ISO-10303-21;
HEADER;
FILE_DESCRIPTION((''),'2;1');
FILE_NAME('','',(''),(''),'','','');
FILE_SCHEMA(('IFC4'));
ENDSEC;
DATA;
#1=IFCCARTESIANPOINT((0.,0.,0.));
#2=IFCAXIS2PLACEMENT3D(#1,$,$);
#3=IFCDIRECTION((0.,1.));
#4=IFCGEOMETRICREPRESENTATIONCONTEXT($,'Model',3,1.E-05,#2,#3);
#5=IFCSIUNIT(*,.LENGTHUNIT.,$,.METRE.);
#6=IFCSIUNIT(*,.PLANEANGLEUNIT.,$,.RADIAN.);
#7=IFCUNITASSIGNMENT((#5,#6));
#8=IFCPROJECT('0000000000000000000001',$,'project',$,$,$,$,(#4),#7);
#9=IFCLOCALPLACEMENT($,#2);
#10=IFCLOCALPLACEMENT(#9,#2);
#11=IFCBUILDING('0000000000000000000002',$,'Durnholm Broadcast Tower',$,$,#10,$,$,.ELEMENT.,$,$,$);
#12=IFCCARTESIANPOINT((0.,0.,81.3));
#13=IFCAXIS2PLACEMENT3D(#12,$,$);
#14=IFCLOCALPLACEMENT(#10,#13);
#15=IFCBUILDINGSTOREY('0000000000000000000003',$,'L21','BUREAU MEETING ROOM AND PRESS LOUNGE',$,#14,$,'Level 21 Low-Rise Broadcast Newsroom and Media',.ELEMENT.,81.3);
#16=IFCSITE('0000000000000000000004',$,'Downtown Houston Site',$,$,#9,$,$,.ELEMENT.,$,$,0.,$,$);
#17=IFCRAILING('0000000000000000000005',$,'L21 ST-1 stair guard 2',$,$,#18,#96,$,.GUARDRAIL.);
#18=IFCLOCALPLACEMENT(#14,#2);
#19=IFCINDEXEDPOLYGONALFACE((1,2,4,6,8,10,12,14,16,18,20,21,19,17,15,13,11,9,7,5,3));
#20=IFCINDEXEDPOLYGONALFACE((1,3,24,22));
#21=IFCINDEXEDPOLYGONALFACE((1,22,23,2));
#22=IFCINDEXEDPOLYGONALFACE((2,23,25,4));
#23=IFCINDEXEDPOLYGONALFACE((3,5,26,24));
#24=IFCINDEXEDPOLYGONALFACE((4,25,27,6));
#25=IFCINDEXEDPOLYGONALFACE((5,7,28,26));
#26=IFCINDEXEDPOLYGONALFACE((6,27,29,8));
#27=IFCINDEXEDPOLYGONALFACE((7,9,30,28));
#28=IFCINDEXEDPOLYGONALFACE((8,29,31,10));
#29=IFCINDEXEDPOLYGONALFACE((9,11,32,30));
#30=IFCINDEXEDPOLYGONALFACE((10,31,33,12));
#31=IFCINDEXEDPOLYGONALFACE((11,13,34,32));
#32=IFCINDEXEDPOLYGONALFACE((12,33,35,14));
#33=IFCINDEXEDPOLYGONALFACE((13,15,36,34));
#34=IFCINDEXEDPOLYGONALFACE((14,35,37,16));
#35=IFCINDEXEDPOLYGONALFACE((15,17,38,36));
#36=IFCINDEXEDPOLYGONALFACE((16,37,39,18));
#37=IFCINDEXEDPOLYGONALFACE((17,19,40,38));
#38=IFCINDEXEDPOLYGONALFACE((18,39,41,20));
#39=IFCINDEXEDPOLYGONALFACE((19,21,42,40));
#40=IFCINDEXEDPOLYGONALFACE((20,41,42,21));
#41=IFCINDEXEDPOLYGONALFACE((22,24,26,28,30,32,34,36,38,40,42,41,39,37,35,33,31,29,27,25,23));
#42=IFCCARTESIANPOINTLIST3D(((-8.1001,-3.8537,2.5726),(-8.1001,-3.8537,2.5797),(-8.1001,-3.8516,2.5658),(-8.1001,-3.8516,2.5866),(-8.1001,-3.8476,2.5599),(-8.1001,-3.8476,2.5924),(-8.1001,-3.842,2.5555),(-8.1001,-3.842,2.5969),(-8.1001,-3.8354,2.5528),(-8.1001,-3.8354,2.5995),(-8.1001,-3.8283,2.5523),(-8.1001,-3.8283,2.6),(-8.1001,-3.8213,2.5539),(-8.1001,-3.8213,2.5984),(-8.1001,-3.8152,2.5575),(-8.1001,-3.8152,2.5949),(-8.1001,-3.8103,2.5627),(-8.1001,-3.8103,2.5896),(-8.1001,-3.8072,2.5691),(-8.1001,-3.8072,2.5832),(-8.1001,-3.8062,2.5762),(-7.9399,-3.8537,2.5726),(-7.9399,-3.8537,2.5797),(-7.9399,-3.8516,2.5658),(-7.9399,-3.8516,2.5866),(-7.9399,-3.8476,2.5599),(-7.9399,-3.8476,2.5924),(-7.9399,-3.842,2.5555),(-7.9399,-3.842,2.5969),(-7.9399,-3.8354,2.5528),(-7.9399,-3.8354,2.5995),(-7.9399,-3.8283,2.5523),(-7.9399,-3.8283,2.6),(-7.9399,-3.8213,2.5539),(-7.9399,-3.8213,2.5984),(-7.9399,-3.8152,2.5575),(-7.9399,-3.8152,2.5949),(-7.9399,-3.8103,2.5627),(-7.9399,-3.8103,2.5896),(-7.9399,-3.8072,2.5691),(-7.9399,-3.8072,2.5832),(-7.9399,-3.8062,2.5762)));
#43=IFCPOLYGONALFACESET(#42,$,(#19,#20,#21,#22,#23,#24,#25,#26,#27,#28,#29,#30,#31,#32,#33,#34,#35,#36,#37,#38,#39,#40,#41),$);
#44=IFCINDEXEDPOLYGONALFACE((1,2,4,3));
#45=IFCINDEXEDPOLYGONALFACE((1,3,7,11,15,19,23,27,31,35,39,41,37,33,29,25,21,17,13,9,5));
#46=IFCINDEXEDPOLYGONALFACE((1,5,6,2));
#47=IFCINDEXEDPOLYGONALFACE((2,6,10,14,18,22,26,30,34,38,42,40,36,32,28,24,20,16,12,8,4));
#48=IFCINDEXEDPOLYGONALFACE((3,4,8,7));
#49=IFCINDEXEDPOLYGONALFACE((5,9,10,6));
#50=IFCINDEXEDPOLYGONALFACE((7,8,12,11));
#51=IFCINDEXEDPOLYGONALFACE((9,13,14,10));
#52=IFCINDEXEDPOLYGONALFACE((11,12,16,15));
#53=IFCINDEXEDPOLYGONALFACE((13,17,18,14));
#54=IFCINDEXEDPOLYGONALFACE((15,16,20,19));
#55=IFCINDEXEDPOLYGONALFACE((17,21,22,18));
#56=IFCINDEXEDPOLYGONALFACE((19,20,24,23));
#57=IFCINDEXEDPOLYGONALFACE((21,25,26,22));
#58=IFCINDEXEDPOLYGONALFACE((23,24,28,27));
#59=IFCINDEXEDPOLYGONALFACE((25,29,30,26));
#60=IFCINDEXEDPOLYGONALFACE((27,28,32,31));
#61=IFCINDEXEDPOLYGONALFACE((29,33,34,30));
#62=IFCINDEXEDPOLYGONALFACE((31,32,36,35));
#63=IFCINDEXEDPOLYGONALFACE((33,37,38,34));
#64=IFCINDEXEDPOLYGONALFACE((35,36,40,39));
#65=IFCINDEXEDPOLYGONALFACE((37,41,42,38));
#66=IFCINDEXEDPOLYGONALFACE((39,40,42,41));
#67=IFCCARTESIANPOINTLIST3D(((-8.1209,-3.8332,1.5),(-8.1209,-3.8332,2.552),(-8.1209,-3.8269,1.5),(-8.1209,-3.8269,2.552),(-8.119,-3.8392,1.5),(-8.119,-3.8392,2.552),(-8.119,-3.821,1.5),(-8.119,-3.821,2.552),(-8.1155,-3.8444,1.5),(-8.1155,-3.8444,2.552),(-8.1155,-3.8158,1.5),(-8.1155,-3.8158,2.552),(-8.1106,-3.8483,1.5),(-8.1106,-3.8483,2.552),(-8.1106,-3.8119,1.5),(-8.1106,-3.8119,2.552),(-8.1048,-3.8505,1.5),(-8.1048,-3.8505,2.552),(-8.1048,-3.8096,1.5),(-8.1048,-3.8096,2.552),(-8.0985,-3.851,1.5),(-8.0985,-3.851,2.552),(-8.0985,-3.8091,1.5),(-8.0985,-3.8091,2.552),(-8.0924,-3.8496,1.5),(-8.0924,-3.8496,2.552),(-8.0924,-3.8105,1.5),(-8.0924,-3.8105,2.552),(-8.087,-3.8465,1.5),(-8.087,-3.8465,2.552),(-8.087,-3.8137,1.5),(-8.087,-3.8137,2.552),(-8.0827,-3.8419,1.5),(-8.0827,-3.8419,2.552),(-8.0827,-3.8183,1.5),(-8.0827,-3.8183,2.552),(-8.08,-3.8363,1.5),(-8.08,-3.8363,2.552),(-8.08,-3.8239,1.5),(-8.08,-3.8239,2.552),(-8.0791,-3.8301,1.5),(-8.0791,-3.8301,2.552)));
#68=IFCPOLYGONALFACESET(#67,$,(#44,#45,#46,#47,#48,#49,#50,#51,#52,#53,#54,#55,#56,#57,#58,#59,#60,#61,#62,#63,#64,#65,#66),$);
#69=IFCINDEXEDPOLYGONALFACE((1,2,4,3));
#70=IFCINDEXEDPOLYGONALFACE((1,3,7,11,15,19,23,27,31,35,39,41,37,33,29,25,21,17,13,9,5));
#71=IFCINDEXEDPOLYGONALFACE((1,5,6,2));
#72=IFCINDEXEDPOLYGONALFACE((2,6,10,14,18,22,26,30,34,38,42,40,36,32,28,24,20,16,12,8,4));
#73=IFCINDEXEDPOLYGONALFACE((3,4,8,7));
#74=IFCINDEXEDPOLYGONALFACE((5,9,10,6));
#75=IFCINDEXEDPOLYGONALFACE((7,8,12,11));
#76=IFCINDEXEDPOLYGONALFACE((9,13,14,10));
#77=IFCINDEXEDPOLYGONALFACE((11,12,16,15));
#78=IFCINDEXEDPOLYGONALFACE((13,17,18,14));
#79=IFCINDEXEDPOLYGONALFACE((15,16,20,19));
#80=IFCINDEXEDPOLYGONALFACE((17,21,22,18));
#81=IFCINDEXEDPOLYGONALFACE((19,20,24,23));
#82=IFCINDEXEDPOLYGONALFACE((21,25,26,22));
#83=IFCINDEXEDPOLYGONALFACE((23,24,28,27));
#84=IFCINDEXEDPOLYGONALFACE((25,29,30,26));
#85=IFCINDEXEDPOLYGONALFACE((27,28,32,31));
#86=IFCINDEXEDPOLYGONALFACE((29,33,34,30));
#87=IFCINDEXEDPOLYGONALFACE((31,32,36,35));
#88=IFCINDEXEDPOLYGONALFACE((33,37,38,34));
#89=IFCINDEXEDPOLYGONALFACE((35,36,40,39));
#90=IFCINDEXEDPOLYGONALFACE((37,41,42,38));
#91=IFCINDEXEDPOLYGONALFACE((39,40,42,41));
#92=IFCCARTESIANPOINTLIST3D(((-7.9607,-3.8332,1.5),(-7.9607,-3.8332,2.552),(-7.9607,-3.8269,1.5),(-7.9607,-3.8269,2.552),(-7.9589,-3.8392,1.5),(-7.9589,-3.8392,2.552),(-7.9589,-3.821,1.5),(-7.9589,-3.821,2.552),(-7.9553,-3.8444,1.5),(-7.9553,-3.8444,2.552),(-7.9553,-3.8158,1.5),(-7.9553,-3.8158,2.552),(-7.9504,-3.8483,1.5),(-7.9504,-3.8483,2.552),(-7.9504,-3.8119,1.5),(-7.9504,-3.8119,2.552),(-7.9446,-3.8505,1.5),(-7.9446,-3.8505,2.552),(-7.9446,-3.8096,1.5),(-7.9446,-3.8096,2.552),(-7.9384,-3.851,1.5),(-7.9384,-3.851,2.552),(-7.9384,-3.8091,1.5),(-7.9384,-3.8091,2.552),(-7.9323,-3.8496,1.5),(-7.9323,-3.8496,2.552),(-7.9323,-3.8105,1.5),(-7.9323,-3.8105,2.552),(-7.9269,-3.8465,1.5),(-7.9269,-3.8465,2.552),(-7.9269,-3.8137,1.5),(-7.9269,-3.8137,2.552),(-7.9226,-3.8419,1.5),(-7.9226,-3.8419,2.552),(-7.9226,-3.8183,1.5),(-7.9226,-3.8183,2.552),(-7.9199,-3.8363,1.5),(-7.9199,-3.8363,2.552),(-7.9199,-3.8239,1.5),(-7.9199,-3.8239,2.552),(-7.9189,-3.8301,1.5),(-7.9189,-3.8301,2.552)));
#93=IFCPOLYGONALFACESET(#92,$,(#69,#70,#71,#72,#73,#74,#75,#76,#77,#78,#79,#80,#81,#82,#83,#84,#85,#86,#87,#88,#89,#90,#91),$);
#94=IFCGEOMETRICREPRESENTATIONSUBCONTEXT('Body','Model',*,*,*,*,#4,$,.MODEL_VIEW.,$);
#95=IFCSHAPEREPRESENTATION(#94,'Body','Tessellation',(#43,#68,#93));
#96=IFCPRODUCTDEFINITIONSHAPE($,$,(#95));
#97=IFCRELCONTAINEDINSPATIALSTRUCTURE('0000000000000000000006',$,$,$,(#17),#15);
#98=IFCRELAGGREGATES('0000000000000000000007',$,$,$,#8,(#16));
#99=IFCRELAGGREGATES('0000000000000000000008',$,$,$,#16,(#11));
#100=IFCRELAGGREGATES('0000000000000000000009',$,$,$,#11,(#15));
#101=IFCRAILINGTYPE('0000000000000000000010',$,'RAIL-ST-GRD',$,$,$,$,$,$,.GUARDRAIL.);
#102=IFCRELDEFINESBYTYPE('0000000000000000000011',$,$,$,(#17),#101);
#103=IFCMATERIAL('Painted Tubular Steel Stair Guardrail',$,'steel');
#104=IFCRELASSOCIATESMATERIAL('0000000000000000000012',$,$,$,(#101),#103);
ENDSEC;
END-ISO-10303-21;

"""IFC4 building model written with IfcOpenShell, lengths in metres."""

from ifc_helpers import new_model, si_unit, direction, frame, origin, origin_2d, place, context, subcontext, project, spatial, circle, extrude, material, type_object, element, save


model = new_model("IFC4")

# Units and contexts
model_context = context("Model", 3, precision=1e-05, world=origin(), true_north=direction((0.0, 1.0)))
body_context = subcontext(model_context, "Body", "Model", "MODEL_VIEW")
ifc_project = project(units=[si_unit("LENGTHUNIT", "METRE"), si_unit("PLANEANGLEUNIT", "RADIAN")], contexts=[model_context])

# Site, building, storey
site_placement = place(None, origin())
site = spatial("IfcSite", under=ifc_project, at=site_placement, Name="Downtown Houston Site", CompositionType="ELEMENT", RefElevation=0.0)
building_placement = place(site_placement, origin())
building = spatial("IfcBuilding", under=site, at=building_placement, Name="Durnholm Broadcast Tower", CompositionType="ELEMENT")
storey_placement = place(building_placement, frame((0.0, 0.0, 81.3)))
storey = spatial("IfcBuildingStorey", under=building, at=storey_placement, Name="L21", Description="BUREAU MEETING ROOM AND PRESS LOUNGE", LongName="Level 21 Low-Rise Broadcast Newsroom and Media", CompositionType="ELEMENT", Elevation=81.3)

# Railing
ifc_material_1 = material(Name="Painted Tubular Steel Stair Guardrail", Category="steel")
railing_type_1 = type_object("IfcRailingType", Name="RAIL-ST-GRD", PredefinedType="GUARDRAIL", material=ifc_material_1)
railing_1_placement = place(storey_placement, frame((-8.1001, -3.8301, 1.5)))
element("IfcRailing", 1, at=railing_1_placement, inside=storey, type_object=railing_type_1, Name="L21 ST-1 stair guard 2", PredefinedType="GUARDRAIL", context=body_context, shape_type="SweptSolid", body=[
    extrude(circle(Radius=0.0239, at=origin_2d()), frame((0.0, 0.0, 1.0762), z_axis=(1.0, 0.0, 0.0), x_axis=(0.0, 1.0, 0.0)), (0.0, 0.0, 1.0), 0.1602),
    extrude(circle(Radius=0.021, at=origin_2d()), origin(), (0.0, 0.0, 1.0), 1.052),
    extrude(circle(Radius=0.021, at=origin_2d()), frame((0.1602, 0.0, 0.0)), (0.0, 0.0, 1.0), 1.052),
])

save(model, "model.ifc")
